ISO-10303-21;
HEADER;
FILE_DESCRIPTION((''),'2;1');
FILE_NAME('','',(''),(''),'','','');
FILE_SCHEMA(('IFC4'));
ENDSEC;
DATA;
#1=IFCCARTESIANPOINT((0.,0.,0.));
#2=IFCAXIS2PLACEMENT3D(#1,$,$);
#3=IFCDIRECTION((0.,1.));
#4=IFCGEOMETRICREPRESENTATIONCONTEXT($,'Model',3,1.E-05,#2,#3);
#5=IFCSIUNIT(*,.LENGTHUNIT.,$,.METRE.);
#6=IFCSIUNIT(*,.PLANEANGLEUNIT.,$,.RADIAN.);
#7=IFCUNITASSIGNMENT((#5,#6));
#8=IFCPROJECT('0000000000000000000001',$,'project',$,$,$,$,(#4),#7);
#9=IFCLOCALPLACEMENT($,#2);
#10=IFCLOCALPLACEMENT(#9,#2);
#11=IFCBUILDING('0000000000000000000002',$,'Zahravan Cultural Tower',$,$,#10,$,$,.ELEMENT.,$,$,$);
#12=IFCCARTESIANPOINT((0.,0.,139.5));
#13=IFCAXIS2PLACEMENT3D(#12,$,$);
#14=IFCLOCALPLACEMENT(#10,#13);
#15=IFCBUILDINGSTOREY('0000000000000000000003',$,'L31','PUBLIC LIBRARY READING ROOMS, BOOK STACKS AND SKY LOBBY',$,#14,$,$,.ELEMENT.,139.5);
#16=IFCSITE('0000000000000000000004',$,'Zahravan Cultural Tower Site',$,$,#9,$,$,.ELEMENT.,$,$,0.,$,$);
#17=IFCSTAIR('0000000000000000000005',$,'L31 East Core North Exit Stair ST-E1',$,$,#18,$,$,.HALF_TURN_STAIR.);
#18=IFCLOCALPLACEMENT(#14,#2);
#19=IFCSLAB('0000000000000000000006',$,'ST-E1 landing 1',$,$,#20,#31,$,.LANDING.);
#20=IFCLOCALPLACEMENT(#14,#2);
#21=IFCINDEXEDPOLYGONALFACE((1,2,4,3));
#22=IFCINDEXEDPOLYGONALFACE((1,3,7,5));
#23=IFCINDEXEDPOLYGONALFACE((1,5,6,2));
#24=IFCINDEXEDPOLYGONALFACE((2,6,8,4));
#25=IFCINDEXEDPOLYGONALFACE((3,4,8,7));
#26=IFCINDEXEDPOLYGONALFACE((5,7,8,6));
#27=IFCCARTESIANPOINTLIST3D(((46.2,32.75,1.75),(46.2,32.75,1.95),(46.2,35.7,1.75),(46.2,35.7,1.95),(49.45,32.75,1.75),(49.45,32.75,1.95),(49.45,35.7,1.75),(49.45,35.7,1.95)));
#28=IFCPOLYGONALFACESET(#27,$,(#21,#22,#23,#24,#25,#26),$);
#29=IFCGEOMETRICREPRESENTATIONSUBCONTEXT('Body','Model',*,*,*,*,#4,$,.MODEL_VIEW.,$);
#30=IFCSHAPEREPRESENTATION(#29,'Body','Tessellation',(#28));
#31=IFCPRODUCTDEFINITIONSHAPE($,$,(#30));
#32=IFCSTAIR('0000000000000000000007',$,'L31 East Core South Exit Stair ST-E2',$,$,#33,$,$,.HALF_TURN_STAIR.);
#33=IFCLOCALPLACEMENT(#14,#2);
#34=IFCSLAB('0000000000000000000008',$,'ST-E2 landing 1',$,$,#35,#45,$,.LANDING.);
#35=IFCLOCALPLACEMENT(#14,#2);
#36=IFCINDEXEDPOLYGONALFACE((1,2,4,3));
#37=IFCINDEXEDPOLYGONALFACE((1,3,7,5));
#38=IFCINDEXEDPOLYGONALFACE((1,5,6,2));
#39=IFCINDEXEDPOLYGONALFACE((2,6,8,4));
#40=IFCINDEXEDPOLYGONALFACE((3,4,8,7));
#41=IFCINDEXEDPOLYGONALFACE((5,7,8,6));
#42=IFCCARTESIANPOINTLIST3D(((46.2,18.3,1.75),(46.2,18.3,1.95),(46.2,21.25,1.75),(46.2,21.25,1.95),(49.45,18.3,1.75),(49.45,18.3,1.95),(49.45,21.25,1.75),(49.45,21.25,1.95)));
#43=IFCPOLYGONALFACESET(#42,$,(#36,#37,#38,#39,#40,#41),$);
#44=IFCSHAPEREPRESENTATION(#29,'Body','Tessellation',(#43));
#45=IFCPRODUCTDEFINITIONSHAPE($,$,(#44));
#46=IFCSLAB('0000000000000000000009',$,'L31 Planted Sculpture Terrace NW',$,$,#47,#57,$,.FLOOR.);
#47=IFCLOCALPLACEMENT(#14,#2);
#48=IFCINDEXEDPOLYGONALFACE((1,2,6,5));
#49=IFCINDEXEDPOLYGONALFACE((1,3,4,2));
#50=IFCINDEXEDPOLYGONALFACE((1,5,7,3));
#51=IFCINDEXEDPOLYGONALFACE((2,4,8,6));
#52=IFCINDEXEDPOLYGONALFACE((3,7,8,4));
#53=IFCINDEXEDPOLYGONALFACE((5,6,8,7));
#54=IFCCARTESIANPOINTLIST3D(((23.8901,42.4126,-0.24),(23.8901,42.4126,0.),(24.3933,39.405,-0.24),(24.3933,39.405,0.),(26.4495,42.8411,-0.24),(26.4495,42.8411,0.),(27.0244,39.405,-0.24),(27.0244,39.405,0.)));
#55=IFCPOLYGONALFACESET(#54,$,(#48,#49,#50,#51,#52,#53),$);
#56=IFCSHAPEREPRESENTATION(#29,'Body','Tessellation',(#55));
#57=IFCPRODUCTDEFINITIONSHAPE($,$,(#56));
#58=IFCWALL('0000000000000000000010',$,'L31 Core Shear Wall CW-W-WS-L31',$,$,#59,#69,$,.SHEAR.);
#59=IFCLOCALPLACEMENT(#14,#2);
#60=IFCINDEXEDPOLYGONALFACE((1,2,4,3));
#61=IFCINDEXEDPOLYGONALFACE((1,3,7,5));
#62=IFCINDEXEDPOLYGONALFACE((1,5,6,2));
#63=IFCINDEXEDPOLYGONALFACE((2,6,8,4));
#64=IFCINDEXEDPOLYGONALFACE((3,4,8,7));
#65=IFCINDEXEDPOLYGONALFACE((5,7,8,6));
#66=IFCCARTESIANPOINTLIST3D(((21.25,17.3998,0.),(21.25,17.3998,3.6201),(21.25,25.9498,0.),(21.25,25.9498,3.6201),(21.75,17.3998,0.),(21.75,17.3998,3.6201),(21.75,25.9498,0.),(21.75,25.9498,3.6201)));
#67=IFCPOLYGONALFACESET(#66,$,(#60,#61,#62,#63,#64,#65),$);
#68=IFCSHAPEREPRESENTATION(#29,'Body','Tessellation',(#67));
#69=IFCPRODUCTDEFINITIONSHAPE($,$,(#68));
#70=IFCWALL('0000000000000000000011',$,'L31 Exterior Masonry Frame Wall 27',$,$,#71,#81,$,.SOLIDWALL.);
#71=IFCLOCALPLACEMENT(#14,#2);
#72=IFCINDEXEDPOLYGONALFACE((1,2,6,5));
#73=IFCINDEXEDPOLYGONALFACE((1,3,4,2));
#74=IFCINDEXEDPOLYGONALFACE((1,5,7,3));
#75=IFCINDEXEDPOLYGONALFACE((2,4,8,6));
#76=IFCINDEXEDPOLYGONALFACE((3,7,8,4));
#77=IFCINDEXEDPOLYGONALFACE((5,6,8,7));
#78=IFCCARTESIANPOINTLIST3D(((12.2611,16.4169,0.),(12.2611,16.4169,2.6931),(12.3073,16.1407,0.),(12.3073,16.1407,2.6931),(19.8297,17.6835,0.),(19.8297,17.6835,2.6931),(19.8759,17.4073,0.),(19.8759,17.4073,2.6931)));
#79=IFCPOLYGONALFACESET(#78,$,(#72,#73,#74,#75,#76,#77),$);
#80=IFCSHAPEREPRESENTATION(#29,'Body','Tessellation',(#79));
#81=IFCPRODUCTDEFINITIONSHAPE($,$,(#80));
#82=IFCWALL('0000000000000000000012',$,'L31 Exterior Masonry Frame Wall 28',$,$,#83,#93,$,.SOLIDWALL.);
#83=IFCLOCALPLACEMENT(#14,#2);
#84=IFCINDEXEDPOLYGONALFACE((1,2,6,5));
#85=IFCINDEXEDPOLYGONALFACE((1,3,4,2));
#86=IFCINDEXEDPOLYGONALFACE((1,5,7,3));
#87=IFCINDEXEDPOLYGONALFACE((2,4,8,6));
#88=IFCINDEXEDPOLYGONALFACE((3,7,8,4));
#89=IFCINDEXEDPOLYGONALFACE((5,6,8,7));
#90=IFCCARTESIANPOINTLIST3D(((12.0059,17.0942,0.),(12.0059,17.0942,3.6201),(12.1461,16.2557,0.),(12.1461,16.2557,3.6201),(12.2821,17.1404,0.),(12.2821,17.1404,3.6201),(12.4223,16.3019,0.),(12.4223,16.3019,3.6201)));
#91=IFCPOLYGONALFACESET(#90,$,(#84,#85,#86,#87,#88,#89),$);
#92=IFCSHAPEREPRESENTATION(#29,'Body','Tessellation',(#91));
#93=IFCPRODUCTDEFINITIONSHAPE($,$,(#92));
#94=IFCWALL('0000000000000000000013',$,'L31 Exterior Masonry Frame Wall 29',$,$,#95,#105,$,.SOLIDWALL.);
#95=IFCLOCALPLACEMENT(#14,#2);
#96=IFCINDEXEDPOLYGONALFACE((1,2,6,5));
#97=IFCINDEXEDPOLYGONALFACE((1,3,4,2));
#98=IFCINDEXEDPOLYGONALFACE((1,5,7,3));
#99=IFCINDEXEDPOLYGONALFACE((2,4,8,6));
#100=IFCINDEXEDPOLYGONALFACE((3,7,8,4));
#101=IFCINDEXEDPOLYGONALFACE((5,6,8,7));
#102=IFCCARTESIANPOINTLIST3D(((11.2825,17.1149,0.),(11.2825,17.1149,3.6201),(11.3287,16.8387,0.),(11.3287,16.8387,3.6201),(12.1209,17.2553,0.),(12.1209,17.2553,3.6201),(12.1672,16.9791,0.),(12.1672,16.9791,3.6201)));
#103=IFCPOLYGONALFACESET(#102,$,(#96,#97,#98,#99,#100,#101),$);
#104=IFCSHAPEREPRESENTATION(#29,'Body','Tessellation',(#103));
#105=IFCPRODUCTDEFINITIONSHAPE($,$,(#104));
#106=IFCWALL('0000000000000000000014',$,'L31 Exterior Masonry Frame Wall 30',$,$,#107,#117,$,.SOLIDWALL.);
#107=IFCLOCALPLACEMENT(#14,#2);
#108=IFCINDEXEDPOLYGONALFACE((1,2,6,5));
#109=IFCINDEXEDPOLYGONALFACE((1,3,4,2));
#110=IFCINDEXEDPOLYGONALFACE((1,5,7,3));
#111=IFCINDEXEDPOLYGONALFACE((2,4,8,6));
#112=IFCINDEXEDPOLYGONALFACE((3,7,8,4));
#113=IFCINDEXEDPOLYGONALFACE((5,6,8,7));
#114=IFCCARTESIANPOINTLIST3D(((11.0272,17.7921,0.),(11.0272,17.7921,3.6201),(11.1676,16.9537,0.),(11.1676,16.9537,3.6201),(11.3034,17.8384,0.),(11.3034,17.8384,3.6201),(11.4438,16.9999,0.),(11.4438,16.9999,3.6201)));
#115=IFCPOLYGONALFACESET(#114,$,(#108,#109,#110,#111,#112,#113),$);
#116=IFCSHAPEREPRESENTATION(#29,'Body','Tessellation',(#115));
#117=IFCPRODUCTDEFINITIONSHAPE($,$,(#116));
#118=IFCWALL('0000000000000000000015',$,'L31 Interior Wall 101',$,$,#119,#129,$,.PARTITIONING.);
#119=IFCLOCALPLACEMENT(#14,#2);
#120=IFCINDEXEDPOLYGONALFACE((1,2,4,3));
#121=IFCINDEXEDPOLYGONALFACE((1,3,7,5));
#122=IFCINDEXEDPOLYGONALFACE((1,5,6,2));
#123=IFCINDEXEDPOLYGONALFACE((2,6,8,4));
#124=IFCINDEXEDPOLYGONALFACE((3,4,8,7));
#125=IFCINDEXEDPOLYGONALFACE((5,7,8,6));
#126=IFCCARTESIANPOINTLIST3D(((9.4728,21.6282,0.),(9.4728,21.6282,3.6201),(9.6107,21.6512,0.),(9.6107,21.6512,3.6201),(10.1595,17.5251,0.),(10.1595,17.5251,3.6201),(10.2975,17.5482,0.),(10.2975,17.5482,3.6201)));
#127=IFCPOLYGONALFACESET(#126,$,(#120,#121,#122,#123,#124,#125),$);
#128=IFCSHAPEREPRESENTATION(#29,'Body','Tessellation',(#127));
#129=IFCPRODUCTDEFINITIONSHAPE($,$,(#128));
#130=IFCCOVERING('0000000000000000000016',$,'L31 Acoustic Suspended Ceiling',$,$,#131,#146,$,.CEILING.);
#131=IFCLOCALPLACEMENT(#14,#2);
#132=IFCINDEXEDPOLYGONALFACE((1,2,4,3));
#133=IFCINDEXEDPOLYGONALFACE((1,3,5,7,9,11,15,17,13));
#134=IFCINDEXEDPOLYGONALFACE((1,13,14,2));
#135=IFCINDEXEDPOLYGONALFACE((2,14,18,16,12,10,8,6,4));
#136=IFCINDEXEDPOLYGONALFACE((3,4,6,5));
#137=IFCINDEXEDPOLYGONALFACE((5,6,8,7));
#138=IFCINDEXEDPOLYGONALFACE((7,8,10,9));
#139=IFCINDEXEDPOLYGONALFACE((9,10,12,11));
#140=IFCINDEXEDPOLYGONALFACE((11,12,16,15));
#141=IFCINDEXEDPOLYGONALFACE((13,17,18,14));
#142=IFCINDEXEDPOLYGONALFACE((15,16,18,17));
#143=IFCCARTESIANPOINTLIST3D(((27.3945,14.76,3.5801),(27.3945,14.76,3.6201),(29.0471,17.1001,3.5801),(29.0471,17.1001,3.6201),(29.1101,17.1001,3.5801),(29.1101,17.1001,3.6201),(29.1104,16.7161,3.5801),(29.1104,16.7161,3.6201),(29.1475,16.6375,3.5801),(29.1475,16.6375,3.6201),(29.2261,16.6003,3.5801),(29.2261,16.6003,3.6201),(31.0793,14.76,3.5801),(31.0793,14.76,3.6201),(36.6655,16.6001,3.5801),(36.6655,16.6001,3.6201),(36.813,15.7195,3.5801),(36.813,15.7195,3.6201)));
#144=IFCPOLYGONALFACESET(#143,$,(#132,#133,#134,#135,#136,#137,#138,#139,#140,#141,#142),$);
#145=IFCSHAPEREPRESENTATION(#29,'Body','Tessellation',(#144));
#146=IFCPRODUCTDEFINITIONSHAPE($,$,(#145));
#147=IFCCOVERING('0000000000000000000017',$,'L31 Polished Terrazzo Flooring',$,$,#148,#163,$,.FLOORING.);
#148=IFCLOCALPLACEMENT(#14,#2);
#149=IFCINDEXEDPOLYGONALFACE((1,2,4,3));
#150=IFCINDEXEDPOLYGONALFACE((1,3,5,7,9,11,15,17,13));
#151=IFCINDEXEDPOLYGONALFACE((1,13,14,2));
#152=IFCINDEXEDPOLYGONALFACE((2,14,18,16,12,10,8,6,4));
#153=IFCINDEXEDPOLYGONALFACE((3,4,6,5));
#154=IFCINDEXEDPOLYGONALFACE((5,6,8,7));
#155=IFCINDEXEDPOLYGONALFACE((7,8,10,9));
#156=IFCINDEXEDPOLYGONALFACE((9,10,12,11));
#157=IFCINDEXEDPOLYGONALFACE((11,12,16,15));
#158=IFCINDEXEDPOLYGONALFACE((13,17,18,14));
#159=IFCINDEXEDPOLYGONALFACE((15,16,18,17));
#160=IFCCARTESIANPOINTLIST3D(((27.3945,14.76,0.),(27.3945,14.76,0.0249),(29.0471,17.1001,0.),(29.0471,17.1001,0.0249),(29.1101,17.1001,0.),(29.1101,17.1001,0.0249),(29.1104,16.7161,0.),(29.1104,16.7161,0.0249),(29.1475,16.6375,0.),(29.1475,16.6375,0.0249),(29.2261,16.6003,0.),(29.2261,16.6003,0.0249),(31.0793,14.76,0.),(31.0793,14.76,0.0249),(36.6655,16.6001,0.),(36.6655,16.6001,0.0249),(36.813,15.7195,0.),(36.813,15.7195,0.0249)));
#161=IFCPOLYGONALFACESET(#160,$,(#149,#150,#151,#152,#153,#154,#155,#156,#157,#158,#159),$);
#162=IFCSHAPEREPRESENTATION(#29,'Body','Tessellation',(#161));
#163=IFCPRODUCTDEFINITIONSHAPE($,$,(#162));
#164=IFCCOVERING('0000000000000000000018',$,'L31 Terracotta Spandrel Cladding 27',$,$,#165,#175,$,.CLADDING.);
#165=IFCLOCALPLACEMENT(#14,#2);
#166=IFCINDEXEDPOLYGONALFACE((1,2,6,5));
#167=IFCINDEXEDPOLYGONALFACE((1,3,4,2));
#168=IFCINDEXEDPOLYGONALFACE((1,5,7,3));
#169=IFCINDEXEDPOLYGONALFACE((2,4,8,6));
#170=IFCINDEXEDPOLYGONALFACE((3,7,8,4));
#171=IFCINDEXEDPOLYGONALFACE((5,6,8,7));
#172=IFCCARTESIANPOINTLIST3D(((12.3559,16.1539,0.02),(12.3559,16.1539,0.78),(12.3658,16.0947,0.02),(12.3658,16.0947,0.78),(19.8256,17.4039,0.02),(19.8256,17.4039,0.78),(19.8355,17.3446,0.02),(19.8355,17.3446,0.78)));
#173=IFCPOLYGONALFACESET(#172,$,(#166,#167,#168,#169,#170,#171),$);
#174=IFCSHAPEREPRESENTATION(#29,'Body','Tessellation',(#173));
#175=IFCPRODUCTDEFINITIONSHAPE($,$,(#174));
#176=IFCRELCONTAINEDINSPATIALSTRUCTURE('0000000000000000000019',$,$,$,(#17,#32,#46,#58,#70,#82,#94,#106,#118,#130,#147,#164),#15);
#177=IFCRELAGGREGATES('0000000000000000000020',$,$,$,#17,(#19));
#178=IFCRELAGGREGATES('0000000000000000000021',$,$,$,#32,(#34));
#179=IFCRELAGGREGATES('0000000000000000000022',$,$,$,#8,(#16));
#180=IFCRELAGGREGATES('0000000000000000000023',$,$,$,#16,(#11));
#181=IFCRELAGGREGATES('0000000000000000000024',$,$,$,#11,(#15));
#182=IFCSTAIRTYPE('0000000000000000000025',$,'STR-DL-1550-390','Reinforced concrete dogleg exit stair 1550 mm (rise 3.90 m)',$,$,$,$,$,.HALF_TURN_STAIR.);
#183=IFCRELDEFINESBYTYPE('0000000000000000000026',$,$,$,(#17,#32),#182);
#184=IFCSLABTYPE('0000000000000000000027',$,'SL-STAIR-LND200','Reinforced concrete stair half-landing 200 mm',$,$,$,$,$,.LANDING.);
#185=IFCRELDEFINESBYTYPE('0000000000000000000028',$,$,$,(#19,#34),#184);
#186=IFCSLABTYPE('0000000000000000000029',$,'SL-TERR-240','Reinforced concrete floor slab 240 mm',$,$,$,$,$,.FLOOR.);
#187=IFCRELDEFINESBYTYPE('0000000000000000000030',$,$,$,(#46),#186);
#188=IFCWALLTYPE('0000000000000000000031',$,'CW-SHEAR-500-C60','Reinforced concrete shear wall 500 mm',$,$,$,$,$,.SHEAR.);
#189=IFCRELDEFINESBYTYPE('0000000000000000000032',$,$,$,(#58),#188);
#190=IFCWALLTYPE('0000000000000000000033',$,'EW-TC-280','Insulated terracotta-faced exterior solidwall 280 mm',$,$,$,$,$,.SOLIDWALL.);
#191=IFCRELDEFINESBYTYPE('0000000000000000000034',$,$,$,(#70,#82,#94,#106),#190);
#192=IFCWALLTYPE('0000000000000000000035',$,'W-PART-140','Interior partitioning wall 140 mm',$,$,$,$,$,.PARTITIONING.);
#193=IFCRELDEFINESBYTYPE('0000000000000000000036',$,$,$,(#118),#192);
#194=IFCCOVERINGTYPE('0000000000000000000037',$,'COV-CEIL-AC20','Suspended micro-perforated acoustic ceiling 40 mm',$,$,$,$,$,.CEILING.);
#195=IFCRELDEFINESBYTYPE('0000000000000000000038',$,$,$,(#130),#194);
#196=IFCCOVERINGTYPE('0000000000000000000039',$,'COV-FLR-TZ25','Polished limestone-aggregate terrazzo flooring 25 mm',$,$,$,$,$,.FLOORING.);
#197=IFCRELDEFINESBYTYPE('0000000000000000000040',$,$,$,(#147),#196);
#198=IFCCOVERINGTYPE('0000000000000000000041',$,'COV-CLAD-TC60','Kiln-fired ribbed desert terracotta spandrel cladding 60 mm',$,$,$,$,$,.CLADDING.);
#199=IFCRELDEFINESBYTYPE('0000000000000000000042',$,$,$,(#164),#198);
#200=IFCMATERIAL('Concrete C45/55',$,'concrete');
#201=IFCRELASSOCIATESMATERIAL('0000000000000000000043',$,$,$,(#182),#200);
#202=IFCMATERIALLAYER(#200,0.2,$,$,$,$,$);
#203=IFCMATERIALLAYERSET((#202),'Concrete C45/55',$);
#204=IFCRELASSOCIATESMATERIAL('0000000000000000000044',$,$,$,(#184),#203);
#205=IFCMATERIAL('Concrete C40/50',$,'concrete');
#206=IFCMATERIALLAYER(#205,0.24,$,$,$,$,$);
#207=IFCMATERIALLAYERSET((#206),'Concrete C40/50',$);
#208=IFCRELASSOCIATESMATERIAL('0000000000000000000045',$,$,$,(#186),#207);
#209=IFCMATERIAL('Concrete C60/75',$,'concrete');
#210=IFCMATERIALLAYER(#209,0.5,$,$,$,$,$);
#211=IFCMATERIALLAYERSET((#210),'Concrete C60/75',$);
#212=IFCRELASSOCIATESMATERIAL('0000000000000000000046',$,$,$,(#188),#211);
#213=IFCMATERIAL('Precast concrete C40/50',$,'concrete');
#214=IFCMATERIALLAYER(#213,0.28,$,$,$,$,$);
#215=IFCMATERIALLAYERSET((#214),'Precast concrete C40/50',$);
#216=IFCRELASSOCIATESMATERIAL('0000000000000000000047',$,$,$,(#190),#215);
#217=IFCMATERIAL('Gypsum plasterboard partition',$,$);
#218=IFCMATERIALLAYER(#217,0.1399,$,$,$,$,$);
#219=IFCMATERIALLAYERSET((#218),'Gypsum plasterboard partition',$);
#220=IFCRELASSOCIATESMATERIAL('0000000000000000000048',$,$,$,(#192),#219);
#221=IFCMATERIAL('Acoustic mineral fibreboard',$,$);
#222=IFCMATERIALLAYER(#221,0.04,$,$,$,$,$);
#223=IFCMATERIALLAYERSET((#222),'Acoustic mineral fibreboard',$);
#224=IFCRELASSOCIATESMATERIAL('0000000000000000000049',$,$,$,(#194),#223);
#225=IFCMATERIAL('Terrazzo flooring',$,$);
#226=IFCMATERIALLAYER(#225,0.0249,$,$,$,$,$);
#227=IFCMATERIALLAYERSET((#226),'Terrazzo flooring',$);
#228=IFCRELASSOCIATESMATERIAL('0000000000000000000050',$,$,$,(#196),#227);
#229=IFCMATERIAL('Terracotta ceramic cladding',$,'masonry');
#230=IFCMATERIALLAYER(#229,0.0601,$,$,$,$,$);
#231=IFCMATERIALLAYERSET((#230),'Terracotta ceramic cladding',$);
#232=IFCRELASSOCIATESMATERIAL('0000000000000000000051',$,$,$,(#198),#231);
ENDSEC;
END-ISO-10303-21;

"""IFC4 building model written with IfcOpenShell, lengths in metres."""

from ifc_helpers import new_model, si_unit, direction, frame, frame_2d, origin, origin_2d, place, context, subcontext, project, spatial, polyline, rectangle, outline, extrude, source, transform, mapped, material, layer, layer_set, type_object, element, aggregate, save


model = new_model("IFC4")

# Units and contexts
model_context = context("Model", 3, precision=1e-05, world=origin(), true_north=direction((0.0, 1.0)))
body_context = subcontext(model_context, "Body", "Model", "MODEL_VIEW")
ifc_project = project(units=[si_unit("LENGTHUNIT", "METRE"), si_unit("PLANEANGLEUNIT", "RADIAN")], contexts=[model_context])

# Site, building, storey
site_placement = place(None, origin())
site = spatial("IfcSite", under=ifc_project, at=site_placement, Name="Zahravan Cultural Tower Site", CompositionType="ELEMENT", RefElevation=0.0)
building_placement = place(site_placement, origin())
building = spatial("IfcBuilding", under=site, at=building_placement, Name="Zahravan Cultural Tower", CompositionType="ELEMENT")
storey_placement = place(building_placement, frame((0.0, 0.0, 139.5)))
storey = spatial("IfcBuildingStorey", under=building, at=storey_placement, Name="L31", Description="PUBLIC LIBRARY READING ROOMS, BOOK STACKS AND SKY LOBBY", CompositionType="ELEMENT", Elevation=139.5)

# Shared definitions
ifc_material_1 = material(Name="Concrete C45/55", Category="concrete")

# Stairs, slabs
stair_type = type_object("IfcStairType", Name="STR-DL-1550-390", Description="Reinforced concrete dogleg exit stair 1550 mm (rise 3.90 m)", PredefinedType="HALF_TURN_STAIR", material=ifc_material_1)
ifc_layer_1 = layer(ifc_material_1, 0.2)
ifc_layer_set_1 = layer_set([ifc_layer_1], Name="Concrete C45/55")
slab_type_1 = type_object("IfcSlabType", Name="SL-STAIR-LND200", Description="Reinforced concrete stair half-landing 200 mm", PredefinedType="LANDING", material=ifc_layer_set_1)
stair_1_placement = place(storey_placement, origin())
stair_1 = element("IfcStair", 1, at=stair_1_placement, inside=storey, type_object=stair_type, Name="L31 East Core North Exit Stair ST-E1", PredefinedType="HALF_TURN_STAIR")
slab_1_placement = place(storey_placement, frame((0.0, 0.0, 1.75)))
slab_1 = element("IfcSlab", 2, at=slab_1_placement, type_object=slab_type_1, Name="ST-E1 landing 1", PredefinedType="LANDING", context=body_context, shape_type="SweptSolid", body=[
    extrude(outline(polyline([(49.45, 32.75), (49.45, 35.7), (46.2, 35.7), (46.2, 32.75), (49.45, 32.75)])), origin(), (0.0, 0.0, 1.0), 0.2),
])
aggregate(stair_1, [slab_1])
stair_2_placement = place(storey_placement, origin())
stair_2 = element("IfcStair", 3, at=stair_2_placement, inside=storey, type_object=stair_type, Name="L31 East Core South Exit Stair ST-E2", PredefinedType="HALF_TURN_STAIR")
slab_2_placement = place(storey_placement, frame((0.0, 0.0, 1.75)))
slab_2 = element("IfcSlab", 4, at=slab_2_placement, type_object=slab_type_1, Name="ST-E2 landing 1", PredefinedType="LANDING", context=body_context, shape_type="SweptSolid", body=[
    extrude(outline(polyline([(46.2, 21.25), (46.2, 18.3), (49.45, 18.3), (49.45, 21.25), (46.2, 21.25)])), origin(), (0.0, 0.0, 1.0), 0.2),
])
aggregate(stair_2, [slab_2])

# Slab
ifc_material_2 = material(Name="Concrete C40/50", Category="concrete")
ifc_layer_2 = layer(ifc_material_2, 0.24)
ifc_layer_set_2 = layer_set([ifc_layer_2], Name="Concrete C40/50")
slab_type_2 = type_object("IfcSlabType", Name="SL-TERR-240", Description="Reinforced concrete floor slab 240 mm", PredefinedType="FLOOR", material=ifc_layer_set_2)
slab_3_placement = place(storey_placement, frame((0.0, 0.0, -0.24)))
element("IfcSlab", 5, at=slab_3_placement, inside=storey, type_object=slab_type_2, Name="L31 Planted Sculpture Terrace NW", PredefinedType="FLOOR", context=body_context, shape_type="SweptSolid", body=[
    extrude(outline(polyline([(23.8901, 42.4126), (24.3933, 39.405), (27.0244, 39.405), (26.4495, 42.8411), (23.8901, 42.4126)])), origin(), (0.0, 0.0, 1.0), 0.24),
])

# Walls
ifc_material_3 = material(Name="Concrete C60/75", Category="concrete")
ifc_layer_3 = layer(ifc_material_3, 0.5)
ifc_layer_set_3 = layer_set([ifc_layer_3], Name="Concrete C60/75")
wall_type_1 = type_object("IfcWallType", Name="CW-SHEAR-500-C60", Description="Reinforced concrete shear wall 500 mm", PredefinedType="SHEAR", material=ifc_layer_set_3)
shared_shape_1 = source(origin(), body_context, "Body", "SweptSolid", [
    extrude(rectangle(XDim=8.55, YDim=0.5, at=frame_2d((4.2749, 0.0))), origin(), (0.0, 0.0, 1.0), 3.6201),
])
wall_1_placement = place(storey_placement, frame((21.5, 17.3999, 0.0), z_axis=(0.0, 0.0, 1.0), x_axis=(0.0, 1.0, 0.0)))
element("IfcWall", 6, at=wall_1_placement, inside=storey, type_object=wall_type_1, Name="L31 Core Shear Wall CW-W-WS-L31", PredefinedType="SHEAR", context=body_context, shape_type="MappedRepresentation", body=[
    mapped(shared_shape_1, transform((0.0, 0.0, 0.0), x_axis=(1.0, 0.0, 0.0), y_axis=(0.0, 1.0, 0.0), z_axis=(0.0, 0.0, 1.0), scale=1.0)),
])
ifc_material_4 = material(Name="Precast concrete C40/50", Category="concrete")
ifc_layer_4 = layer(ifc_material_4, 0.28)
ifc_layer_set_4 = layer_set([ifc_layer_4], Name="Precast concrete C40/50")
wall_type_2 = type_object("IfcWallType", Name="EW-TC-280", Description="Insulated terracotta-faced exterior solidwall 280 mm", PredefinedType="SOLIDWALL", material=ifc_layer_set_4)
shared_shape_2 = source(origin(), body_context, "Body", "SweptSolid", [
    extrude(rectangle(XDim=7.6738, YDim=0.28, at=frame_2d((3.8369, 0.0))), origin(), (0.0, 0.0, 1.0), 2.6931),
])
wall_2_placement = place(storey_placement, frame((19.8528, 17.5454, 0.0), z_axis=(0.0, 0.0, 1.0), x_axis=(-0.986285, -0.165054, 0.0)))
element("IfcWall", 7, at=wall_2_placement, inside=storey, type_object=wall_type_2, Name="L31 Exterior Masonry Frame Wall 27", PredefinedType="SOLIDWALL", context=body_context, shape_type="MappedRepresentation", body=[
    mapped(shared_shape_2, transform((0.0, 0.0, 0.0), x_axis=(1.0, 0.0, 0.0), y_axis=(0.0, 1.0, 0.0), z_axis=(0.0, 0.0, 1.0), scale=1.0)),
])
shared_shape_3 = source(origin(), body_context, "Body", "SweptSolid", [
    extrude(rectangle(XDim=0.8501, YDim=0.28, at=frame_2d((0.425, 0.0))), origin(), (0.0, 0.0, 1.0), 3.6201),
])
for number, where, z_axis, x_axis, name in (
    (8, (12.2842, 16.2788, 0.0), (0.0, 0.0, 1.0), (-0.164865, 0.986316, 0.0), "L31 Exterior Masonry Frame Wall 28"),
    (9, (12.144, 17.1172, 0.0), (0.0, 0.0, 1.0), (-0.986269, -0.165144, 0.0), "L31 Exterior Masonry Frame Wall 29"),
    (10, (11.3057, 16.9768, 0.0), (0.0, 0.0, 1.0), (-0.165144, 0.986269, 0.0), "L31 Exterior Masonry Frame Wall 30"),
):
    element("IfcWall", number, at=place(storey_placement, frame(where, z_axis=z_axis, x_axis=x_axis)), inside=storey, type_object=wall_type_2, Name=name, PredefinedType="SOLIDWALL", context=body_context, shape_type="MappedRepresentation", body=[
        mapped(shared_shape_3, transform((0.0, 0.0, 0.0), x_axis=(1.0, 0.0, 0.0), y_axis=(0.0, 1.0, 0.0), z_axis=(0.0, 0.0, 1.0), scale=1.0)),
    ])
ifc_material_5 = material(Name="Gypsum plasterboard partition")
ifc_layer_5 = layer(ifc_material_5, 0.1399)
ifc_layer_set_5 = layer_set([ifc_layer_5], Name="Gypsum plasterboard partition")
wall_type_3 = type_object("IfcWallType", Name="W-PART-140", Description="Interior partitioning wall 140 mm", PredefinedType="PARTITIONING", material=ifc_layer_set_5)
shared_shape_4 = source(origin(), body_context, "Body", "SweptSolid", [
    extrude(rectangle(XDim=4.1602, YDim=0.1399, at=frame_2d((2.0801, 0.0))), origin(), (0.0, 0.0, 1.0), 3.6201),
])
wall_3_placement = place(storey_placement, frame((10.2285, 17.5366, 0.0), z_axis=(0.0, 0.0, 1.0), x_axis=(-0.165084, 0.986279, 0.0)))
element("IfcWall", 11, at=wall_3_placement, inside=storey, type_object=wall_type_3, Name="L31 Interior Wall 101", PredefinedType="PARTITIONING", context=body_context, shape_type="MappedRepresentation", body=[
    mapped(shared_shape_4, transform((0.0, 0.0, 0.0), x_axis=(1.0, 0.0, 0.0), y_axis=(0.0, 1.0, 0.0), z_axis=(0.0, 0.0, 1.0), scale=1.0)),
])

# Coverings
ifc_material_6 = material(Name="Acoustic mineral fibreboard")
ifc_layer_6 = layer(ifc_material_6, 0.04)
ifc_layer_set_6 = layer_set([ifc_layer_6], Name="Acoustic mineral fibreboard")
covering_type_1 = type_object("IfcCoveringType", Name="COV-CEIL-AC20", Description="Suspended micro-perforated acoustic ceiling 40 mm", PredefinedType="CEILING", material=ifc_layer_set_6)
covering_1_placement = place(storey_placement, frame((0.0, 0.0, 3.5801)))
element("IfcCovering", 12, at=covering_1_placement, inside=storey, type_object=covering_type_1, Name="L31 Acoustic Suspended Ceiling", PredefinedType="CEILING", context=body_context, shape_type="SweptSolid", body=[
    extrude(outline(polyline([(27.3945, 14.76), (31.0793, 14.76), (36.813, 15.7195), (36.6655, 16.6001), (29.2261, 16.6003), (29.1475, 16.6375), (29.1104, 16.7161), (29.1101, 17.1001), (29.0471, 17.1001), (27.3945, 14.76)])), origin(), (0.0, 0.0, 1.0), 0.04),
])
ifc_material_7 = material(Name="Terrazzo flooring")
ifc_layer_7 = layer(ifc_material_7, 0.0249)
ifc_layer_set_7 = layer_set([ifc_layer_7], Name="Terrazzo flooring")
covering_type_2 = type_object("IfcCoveringType", Name="COV-FLR-TZ25", Description="Polished limestone-aggregate terrazzo flooring 25 mm", PredefinedType="FLOORING", material=ifc_layer_set_7)
covering_2_placement = place(storey_placement, origin())
element("IfcCovering", 13, at=covering_2_placement, inside=storey, type_object=covering_type_2, Name="L31 Polished Terrazzo Flooring", PredefinedType="FLOORING", context=body_context, shape_type="SweptSolid", body=[
    extrude(outline(polyline([(27.3945, 14.76), (31.0793, 14.76), (36.813, 15.7195), (36.6655, 16.6001), (29.2261, 16.6003), (29.1475, 16.6375), (29.1104, 16.7161), (29.1101, 17.1001), (29.0471, 17.1001), (27.3945, 14.76)])), origin(), (0.0, 0.0, 1.0), 0.0249),
])
ifc_material_8 = material(Name="Terracotta ceramic cladding", Category="masonry")
ifc_layer_8 = layer(ifc_material_8, 0.0601)
ifc_layer_set_8 = layer_set([ifc_layer_8], Name="Terracotta ceramic cladding")
covering_type_3 = type_object("IfcCoveringType", Name="COV-CLAD-TC60", Description="Kiln-fired ribbed desert terracotta spandrel cladding 60 mm", PredefinedType="CLADDING", material=ifc_layer_set_8)
shared_shape_5 = source(origin(), body_context, "Body", "SweptSolid", [
    extrude(rectangle(XDim=7.5735, YDim=0.0601, at=origin_2d()), origin(), (0.0, 0.0, 1.0), 0.76),
])
covering_3_placement = place(storey_placement, frame((16.0957, 16.7493, 0.02), z_axis=(0.0, 0.0, 1.0), x_axis=(-0.986286, -0.165048, 0.0)))
element("IfcCovering", 14, at=covering_3_placement, inside=storey, type_object=covering_type_3, Name="L31 Terracotta Spandrel Cladding 27", PredefinedType="CLADDING", context=body_context, shape_type="MappedRepresentation", body=[
    mapped(shared_shape_5, transform((0.0, 0.0, 0.0), x_axis=(1.0, 0.0, 0.0), y_axis=(0.0, 1.0, 0.0), z_axis=(0.0, 0.0, 1.0), scale=1.0)),
])

save(model, "model.ifc")
